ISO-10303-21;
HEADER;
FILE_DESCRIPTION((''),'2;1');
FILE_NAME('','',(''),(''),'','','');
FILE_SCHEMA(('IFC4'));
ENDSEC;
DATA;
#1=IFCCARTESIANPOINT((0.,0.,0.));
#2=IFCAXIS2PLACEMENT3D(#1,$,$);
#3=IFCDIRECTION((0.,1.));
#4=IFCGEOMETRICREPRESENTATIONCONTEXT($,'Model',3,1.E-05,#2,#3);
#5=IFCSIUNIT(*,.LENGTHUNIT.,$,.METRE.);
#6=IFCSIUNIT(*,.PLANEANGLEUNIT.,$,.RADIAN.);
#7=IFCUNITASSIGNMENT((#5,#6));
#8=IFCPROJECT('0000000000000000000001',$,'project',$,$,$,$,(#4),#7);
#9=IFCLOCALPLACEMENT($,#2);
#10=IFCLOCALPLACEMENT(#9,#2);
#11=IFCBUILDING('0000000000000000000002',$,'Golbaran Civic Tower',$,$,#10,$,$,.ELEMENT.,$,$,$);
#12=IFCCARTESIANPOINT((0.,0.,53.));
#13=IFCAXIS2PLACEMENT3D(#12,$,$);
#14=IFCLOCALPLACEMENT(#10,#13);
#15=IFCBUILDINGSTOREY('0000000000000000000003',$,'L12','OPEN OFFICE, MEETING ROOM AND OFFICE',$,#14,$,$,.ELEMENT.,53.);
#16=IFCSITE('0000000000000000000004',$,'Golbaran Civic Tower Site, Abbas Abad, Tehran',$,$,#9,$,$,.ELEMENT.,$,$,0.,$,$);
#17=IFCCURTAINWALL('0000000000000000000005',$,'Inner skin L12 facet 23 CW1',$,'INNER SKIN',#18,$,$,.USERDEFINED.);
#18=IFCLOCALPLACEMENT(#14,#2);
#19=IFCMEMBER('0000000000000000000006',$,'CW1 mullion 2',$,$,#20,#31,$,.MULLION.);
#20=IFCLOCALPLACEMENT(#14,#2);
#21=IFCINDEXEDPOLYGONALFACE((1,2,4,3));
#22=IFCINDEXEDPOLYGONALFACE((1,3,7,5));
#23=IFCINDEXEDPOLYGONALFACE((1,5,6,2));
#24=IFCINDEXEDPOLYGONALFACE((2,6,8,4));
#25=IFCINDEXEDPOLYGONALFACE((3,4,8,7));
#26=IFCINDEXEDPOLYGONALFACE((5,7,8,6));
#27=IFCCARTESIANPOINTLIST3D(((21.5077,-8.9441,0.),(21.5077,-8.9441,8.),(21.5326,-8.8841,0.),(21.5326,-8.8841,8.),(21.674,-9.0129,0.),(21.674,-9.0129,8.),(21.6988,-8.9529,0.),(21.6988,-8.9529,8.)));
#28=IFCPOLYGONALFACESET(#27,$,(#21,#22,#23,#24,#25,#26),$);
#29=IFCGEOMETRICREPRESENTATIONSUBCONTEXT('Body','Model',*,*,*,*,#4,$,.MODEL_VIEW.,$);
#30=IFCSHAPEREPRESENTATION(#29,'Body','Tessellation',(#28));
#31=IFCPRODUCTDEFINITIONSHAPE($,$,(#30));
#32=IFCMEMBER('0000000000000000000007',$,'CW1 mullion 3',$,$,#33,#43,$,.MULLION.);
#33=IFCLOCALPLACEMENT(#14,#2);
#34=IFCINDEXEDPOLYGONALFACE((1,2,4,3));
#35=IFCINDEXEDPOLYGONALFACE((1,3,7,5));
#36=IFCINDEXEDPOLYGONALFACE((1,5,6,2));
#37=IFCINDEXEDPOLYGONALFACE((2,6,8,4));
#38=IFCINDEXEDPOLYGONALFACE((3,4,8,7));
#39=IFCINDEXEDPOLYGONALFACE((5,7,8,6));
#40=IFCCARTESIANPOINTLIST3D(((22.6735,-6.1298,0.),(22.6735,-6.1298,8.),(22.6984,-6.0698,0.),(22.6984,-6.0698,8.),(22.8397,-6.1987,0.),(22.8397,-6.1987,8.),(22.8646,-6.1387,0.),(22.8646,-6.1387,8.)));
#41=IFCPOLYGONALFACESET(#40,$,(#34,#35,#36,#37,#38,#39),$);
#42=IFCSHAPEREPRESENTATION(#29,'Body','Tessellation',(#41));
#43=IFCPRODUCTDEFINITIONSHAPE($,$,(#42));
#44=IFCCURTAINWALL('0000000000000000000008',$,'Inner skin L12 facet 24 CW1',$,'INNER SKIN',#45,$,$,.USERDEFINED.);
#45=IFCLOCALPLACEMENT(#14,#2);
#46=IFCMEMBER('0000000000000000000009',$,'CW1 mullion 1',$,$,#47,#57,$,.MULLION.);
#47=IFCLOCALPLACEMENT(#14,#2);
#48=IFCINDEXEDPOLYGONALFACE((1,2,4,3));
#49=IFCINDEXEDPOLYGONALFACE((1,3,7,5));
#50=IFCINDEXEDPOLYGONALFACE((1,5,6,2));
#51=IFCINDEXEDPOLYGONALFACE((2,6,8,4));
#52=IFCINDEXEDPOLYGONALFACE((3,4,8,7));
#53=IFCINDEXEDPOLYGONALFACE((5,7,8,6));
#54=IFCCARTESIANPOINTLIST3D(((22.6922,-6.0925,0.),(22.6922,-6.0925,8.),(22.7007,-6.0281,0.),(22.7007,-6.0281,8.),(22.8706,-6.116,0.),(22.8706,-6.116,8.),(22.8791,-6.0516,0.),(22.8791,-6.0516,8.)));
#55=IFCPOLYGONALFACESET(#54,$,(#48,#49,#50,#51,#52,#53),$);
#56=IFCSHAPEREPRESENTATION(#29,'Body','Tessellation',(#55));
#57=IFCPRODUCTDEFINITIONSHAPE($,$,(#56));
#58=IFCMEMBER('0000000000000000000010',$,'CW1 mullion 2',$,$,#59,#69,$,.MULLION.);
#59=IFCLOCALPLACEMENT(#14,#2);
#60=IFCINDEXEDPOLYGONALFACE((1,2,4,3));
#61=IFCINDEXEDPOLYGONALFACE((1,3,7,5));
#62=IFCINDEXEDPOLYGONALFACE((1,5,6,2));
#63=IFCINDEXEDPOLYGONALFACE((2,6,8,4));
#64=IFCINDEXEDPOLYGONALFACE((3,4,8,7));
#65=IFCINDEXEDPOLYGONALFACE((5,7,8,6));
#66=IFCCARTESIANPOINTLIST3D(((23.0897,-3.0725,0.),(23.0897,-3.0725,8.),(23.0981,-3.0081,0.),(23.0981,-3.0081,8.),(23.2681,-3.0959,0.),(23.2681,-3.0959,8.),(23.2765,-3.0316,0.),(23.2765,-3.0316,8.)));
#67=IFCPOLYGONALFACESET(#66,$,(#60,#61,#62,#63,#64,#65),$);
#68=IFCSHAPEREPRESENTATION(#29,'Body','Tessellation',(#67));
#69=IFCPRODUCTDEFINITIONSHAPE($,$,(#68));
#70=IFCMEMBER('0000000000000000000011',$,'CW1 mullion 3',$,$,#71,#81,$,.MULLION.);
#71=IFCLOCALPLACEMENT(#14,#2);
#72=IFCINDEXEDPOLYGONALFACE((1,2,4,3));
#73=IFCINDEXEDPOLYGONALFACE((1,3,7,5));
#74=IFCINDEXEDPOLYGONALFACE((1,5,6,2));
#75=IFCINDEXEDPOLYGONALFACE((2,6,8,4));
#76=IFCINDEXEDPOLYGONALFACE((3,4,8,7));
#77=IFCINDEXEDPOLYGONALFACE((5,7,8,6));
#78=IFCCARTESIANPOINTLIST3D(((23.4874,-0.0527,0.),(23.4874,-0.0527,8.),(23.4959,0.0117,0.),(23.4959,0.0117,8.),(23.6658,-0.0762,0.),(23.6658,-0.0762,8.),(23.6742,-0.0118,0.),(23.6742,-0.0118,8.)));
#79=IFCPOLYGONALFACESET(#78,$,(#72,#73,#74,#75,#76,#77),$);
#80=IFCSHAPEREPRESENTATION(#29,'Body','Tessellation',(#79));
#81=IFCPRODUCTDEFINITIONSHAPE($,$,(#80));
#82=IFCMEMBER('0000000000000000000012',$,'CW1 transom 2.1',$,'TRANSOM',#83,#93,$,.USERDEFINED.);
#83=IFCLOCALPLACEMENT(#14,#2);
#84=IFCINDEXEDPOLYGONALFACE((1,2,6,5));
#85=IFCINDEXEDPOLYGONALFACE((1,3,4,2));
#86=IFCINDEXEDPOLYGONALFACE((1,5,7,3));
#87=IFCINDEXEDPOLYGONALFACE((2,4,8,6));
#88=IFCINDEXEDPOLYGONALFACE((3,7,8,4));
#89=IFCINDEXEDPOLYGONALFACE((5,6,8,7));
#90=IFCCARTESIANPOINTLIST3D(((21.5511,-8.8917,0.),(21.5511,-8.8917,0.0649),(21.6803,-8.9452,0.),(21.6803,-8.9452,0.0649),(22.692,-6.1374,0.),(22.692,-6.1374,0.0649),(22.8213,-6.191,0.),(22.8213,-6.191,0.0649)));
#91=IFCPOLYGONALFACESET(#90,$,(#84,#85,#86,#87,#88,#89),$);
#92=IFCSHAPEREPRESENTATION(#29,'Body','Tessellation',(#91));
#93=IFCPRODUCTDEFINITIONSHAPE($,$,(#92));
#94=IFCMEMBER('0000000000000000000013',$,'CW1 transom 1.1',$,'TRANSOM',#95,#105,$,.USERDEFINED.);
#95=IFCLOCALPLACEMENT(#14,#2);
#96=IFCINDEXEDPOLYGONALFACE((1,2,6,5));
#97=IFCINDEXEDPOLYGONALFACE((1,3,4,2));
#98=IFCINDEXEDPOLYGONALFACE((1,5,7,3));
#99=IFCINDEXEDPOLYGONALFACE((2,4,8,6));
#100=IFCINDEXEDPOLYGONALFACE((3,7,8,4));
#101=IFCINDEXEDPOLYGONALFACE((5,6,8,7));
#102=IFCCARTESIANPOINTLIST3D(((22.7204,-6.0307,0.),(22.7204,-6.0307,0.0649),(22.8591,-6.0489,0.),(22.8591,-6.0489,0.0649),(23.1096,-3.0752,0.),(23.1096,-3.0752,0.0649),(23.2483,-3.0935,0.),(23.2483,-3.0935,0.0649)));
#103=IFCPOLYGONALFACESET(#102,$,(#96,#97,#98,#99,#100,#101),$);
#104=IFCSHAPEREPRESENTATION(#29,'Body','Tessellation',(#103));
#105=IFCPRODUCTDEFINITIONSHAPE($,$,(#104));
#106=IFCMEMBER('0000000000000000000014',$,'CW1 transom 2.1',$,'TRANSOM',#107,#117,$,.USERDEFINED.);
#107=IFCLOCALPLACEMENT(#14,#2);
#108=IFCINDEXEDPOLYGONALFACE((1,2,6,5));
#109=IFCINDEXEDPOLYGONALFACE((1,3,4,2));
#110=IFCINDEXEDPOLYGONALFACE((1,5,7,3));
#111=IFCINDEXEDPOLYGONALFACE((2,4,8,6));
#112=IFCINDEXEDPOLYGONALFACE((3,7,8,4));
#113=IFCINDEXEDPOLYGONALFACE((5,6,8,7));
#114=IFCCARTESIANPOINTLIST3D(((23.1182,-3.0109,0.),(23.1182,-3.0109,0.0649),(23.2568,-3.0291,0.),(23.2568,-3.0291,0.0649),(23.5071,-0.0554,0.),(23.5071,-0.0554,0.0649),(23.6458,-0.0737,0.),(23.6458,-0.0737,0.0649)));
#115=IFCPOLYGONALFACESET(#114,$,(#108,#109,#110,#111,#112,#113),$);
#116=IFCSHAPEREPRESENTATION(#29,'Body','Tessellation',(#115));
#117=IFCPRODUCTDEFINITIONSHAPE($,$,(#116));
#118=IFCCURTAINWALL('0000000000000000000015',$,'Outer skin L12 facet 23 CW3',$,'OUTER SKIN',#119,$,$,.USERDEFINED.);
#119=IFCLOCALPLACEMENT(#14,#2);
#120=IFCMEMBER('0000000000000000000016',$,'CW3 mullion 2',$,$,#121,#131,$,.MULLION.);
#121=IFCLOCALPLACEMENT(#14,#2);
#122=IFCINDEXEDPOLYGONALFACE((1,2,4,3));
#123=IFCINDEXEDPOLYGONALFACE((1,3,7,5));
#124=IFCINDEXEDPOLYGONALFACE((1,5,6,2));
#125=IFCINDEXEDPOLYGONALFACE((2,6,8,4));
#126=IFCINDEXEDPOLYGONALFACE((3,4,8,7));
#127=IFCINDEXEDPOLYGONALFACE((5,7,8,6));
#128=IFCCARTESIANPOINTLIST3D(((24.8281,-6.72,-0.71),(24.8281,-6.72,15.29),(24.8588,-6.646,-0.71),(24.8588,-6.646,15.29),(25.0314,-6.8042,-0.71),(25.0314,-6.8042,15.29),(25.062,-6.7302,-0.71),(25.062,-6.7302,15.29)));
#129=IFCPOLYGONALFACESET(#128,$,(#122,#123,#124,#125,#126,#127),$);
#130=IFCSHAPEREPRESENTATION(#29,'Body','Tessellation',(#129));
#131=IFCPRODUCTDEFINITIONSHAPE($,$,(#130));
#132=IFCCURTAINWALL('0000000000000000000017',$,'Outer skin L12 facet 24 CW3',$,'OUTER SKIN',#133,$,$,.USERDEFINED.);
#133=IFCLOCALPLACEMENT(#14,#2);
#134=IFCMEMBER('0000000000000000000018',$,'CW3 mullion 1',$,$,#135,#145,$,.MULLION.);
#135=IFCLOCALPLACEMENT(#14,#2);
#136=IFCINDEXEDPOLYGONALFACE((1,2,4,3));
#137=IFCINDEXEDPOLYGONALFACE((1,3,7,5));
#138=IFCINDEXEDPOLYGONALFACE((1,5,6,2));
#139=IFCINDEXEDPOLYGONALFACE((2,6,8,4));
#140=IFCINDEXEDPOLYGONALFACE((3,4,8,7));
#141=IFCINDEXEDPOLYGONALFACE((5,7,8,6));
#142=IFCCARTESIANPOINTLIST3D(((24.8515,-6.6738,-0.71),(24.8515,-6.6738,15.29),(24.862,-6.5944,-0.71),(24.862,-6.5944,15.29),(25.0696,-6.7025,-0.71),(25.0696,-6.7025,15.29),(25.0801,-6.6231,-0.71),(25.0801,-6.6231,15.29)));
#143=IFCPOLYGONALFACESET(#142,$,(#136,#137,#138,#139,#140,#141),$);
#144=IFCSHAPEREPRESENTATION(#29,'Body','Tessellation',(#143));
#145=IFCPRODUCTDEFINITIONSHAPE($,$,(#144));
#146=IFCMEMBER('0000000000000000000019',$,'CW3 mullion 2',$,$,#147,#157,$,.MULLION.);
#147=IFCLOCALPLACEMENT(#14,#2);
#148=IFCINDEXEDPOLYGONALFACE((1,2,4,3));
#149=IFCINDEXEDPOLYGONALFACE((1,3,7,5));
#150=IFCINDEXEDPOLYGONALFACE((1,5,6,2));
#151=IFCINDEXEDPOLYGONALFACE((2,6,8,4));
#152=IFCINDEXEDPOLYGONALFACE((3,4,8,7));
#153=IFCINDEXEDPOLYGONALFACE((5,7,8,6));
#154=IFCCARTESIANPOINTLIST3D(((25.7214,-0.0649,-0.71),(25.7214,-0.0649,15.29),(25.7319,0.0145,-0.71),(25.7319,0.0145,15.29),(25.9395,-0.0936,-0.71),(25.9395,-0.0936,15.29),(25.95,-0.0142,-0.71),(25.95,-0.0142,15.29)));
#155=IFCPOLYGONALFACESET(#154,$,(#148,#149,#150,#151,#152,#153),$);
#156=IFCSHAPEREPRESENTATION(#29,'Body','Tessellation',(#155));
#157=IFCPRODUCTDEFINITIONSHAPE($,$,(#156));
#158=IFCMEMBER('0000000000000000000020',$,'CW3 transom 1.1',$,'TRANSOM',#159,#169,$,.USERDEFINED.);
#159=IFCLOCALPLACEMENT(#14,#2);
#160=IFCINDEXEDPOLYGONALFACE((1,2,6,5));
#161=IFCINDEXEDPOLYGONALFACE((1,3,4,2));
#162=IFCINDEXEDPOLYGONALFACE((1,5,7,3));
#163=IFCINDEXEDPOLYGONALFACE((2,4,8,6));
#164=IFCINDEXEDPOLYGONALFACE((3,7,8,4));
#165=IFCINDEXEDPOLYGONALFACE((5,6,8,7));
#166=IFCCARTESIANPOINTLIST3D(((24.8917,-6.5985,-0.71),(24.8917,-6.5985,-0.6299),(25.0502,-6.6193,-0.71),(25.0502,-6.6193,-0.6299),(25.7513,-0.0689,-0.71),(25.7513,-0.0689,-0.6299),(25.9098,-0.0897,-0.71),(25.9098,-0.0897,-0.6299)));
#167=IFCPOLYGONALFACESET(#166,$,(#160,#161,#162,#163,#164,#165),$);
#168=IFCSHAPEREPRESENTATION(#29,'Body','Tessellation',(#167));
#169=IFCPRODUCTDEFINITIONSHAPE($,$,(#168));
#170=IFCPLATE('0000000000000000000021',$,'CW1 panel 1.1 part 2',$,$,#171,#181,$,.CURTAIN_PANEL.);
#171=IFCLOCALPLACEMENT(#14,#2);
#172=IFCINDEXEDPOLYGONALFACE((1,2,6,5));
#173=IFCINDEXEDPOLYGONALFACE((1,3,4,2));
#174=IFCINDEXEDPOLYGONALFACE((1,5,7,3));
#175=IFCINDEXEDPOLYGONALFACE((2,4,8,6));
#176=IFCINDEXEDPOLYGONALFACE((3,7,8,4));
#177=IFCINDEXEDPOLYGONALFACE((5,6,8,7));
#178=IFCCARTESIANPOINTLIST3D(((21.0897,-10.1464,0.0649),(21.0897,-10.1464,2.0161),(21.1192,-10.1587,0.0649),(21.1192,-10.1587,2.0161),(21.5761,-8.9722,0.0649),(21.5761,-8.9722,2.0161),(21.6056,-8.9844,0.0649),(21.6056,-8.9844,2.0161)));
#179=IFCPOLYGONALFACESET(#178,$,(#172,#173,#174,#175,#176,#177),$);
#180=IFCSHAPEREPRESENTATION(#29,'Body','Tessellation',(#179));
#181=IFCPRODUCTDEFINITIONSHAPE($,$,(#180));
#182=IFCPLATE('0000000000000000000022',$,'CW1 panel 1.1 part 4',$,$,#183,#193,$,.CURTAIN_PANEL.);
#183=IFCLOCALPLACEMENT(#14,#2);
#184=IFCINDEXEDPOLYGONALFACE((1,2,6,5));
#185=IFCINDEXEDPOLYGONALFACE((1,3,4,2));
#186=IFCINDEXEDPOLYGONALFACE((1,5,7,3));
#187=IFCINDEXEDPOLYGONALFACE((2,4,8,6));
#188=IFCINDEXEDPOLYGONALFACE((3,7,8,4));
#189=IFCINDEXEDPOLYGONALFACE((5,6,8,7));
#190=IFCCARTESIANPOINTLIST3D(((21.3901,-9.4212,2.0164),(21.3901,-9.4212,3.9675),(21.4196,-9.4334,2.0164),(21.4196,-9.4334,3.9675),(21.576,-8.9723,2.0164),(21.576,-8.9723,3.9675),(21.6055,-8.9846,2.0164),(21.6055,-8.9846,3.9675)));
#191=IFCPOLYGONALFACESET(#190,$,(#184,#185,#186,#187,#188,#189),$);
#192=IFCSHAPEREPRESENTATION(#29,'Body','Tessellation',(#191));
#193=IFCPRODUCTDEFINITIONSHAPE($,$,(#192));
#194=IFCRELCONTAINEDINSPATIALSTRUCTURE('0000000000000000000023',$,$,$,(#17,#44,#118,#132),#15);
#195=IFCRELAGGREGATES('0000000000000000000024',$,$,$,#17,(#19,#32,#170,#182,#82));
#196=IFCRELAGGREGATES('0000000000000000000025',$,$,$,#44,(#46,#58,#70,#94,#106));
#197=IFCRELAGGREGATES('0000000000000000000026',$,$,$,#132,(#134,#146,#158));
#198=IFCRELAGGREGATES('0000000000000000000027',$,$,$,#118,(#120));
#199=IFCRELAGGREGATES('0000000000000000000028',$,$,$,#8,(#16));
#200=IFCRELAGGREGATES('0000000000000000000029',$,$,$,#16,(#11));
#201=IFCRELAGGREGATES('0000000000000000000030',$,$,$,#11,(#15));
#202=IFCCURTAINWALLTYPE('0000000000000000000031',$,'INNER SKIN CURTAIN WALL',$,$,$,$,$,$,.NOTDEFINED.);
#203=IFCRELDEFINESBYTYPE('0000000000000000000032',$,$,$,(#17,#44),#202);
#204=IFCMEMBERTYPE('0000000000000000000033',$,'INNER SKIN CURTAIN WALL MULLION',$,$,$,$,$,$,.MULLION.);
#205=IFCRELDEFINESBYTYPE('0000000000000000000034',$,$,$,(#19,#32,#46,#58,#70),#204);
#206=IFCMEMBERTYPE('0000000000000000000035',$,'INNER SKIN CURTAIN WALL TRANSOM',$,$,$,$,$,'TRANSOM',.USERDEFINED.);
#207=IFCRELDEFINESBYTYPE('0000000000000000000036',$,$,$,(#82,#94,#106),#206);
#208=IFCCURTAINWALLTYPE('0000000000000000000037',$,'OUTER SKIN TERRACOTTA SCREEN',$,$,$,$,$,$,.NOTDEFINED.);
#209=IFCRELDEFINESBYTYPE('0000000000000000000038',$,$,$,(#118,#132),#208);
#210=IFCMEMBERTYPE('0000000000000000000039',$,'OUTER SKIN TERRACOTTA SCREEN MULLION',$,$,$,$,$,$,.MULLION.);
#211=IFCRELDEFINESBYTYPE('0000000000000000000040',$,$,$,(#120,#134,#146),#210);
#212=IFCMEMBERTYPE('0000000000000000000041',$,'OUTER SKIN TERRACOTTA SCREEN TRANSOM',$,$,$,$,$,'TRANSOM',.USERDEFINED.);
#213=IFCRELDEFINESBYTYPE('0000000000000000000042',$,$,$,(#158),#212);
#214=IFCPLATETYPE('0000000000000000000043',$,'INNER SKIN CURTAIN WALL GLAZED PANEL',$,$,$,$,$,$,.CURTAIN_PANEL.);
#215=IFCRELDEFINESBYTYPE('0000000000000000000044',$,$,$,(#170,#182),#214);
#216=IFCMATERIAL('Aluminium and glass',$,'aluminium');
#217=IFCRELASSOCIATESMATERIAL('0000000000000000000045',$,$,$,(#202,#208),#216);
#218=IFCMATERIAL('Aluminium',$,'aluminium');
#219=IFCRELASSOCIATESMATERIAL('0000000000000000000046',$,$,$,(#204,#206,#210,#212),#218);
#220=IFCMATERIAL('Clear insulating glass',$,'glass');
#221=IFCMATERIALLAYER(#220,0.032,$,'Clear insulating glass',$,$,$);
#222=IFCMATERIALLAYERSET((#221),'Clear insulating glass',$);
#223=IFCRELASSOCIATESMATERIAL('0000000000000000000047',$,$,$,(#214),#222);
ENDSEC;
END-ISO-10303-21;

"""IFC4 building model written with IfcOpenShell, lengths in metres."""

from ifc_helpers import new_model, si_unit, direction, frame, origin, origin_2d, place, context, subcontext, project, spatial, rectangle, extrude, material, layer, layer_set, material_profile, profile_set, type_object, element, aggregate, save


model = new_model("IFC4")

# Units and contexts
model_context = context("Model", 3, precision=1e-05, world=origin(), true_north=direction((0.0, 1.0)))
body_context = subcontext(model_context, "Body", "Model", "MODEL_VIEW")
ifc_project = project(units=[si_unit("LENGTHUNIT", "METRE"), si_unit("PLANEANGLEUNIT", "RADIAN")], contexts=[model_context])

# Site, building, storey
site_placement = place(None, origin())
site = spatial("IfcSite", under=ifc_project, at=site_placement, Name="Golbaran Civic Tower Site, Abbas Abad, Tehran", CompositionType="ELEMENT", RefElevation=0.0)
building_placement = place(site_placement, origin())
building = spatial("IfcBuilding", under=site, at=building_placement, Name="Golbaran Civic Tower", CompositionType="ELEMENT")
storey_placement = place(building_placement, frame((0.0, 0.0, 53.0)))
storey = spatial("IfcBuildingStorey", under=building, at=storey_placement, Name="L12", Description="OPEN OFFICE, MEETING ROOM AND OFFICE", CompositionType="ELEMENT", Elevation=53.0)

# Curtain walls, members
ifc_material_1 = material(Name="Aluminium and glass", Category="aluminium")
curtain_wall_type_1 = type_object("IfcCurtainWallType", Name="INNER SKIN CURTAIN WALL", PredefinedType="NOTDEFINED", material=ifc_material_1)
curtain_wall_1_placement = place(storey_placement, origin())
curtain_wall_1 = element("IfcCurtainWall", 1, at=curtain_wall_1_placement, inside=storey, type_object=curtain_wall_type_1, Name="Inner skin L12 facet 23 CW1", ObjectType="INNER SKIN", PredefinedType="USERDEFINED")
ifc_material_2 = material(Name="Aluminium", Category="aluminium")
ifc_material_profile_1 = material_profile(ifc_material_2, rectangle(XDim=0.1799, YDim=0.0649, at=origin_2d()), Name="INNER SKIN CURTAIN WALL MULLION")
ifc_profile_set_1 = profile_set([ifc_material_profile_1], Name="Aluminium")
member_type_1 = type_object("IfcMemberType", Name="INNER SKIN CURTAIN WALL MULLION", PredefinedType="MULLION", material=ifc_profile_set_1)
member_1_placement = place(storey_placement, frame((21.6033, -8.9485, 0.0), z_axis=(0.0, 0.0, 1.0), x_axis=(-0.92388, 0.382683, 0.0)))
member_1 = element("IfcMember", 2, at=member_1_placement, type_object=member_type_1, Name="CW1 mullion 2", PredefinedType="MULLION", context=body_context, shape_type="SweptSolid", body=[
    extrude(rectangle(XDim=0.1799, YDim=0.0649, at=origin_2d()), origin(), (0.0, 0.0, 1.0), 8.0),
])
member_2_placement = place(storey_placement, frame((22.769, -6.1343, 0.0), z_axis=(0.0, 0.0, 1.0), x_axis=(-0.92388, 0.382683, 0.0)))
member_2 = element("IfcMember", 3, at=member_2_placement, type_object=member_type_1, Name="CW1 mullion 3", PredefinedType="MULLION", context=body_context, shape_type="SweptSolid", body=[
    extrude(rectangle(XDim=0.1799, YDim=0.0649, at=origin_2d()), origin(), (0.0, 0.0, 1.0), 8.0),
])
curtain_wall_2_placement = place(storey_placement, origin())
curtain_wall_2 = element("IfcCurtainWall", 4, at=curtain_wall_2_placement, inside=storey, type_object=curtain_wall_type_1, Name="Inner skin L12 facet 24 CW1", ObjectType="INNER SKIN", PredefinedType="USERDEFINED")
member_3_placement = place(storey_placement, frame((22.7856, -6.072, 0.0), z_axis=(0.0, 0.0, 1.0), x_axis=(-0.991445, 0.130526, 0.0)))
member_3 = element("IfcMember", 5, at=member_3_placement, type_object=member_type_1, Name="CW1 mullion 1", PredefinedType="MULLION", context=body_context, shape_type="SweptSolid", body=[
    extrude(rectangle(XDim=0.1799, YDim=0.0649, at=origin_2d()), origin(), (0.0, 0.0, 1.0), 8.0),
])
member_4_placement = place(storey_placement, frame((23.1831, -3.052, 0.0), z_axis=(0.0, 0.0, 1.0), x_axis=(-0.991445, 0.130526, 0.0)))
member_4 = element("IfcMember", 6, at=member_4_placement, type_object=member_type_1, Name="CW1 mullion 2", PredefinedType="MULLION", context=body_context, shape_type="SweptSolid", body=[
    extrude(rectangle(XDim=0.1799, YDim=0.0649, at=origin_2d()), origin(), (0.0, 0.0, 1.0), 8.0),
])
member_5_placement = place(storey_placement, frame((23.5808, -0.0322, 0.0), z_axis=(0.0, 0.0, 1.0), x_axis=(-0.991445, 0.130526, 0.0)))
member_5 = element("IfcMember", 7, at=member_5_placement, type_object=member_type_1, Name="CW1 mullion 3", PredefinedType="MULLION", context=body_context, shape_type="SweptSolid", body=[
    extrude(rectangle(XDim=0.1799, YDim=0.0649, at=origin_2d()), origin(), (0.0, 0.0, 1.0), 8.0),
])

# Members
ifc_material_profile_2 = material_profile(ifc_material_2, rectangle(XDim=0.1399, YDim=0.0649, at=origin_2d()), Name="INNER SKIN CURTAIN WALL TRANSOM")
ifc_profile_set_2 = profile_set([ifc_material_profile_2], Name="Aluminium")
member_type_2 = type_object("IfcMemberType", Name="INNER SKIN CURTAIN WALL TRANSOM", ElementType="TRANSOM", PredefinedType="USERDEFINED", material=ifc_profile_set_2)
member_6_placement = place(storey_placement, frame((21.6157, -8.9185, 0.0325), z_axis=(0.382701, 0.923872, 0.0), x_axis=(-0.923872, 0.382701, 0.0)))
member_6 = element("IfcMember", 8, at=member_6_placement, type_object=member_type_2, Name="CW1 transom 2.1", ObjectType="TRANSOM", PredefinedType="USERDEFINED", context=body_context, shape_type="SweptSolid", body=[
    extrude(rectangle(XDim=0.1399, YDim=0.0649, at=origin_2d()), origin(), (0.0, 0.0, 1.0), 2.9812),
])
member_7_placement = place(storey_placement, frame((22.7898, -6.0398, 0.0325), z_axis=(0.130543, 0.991443, 0.0), x_axis=(-0.991443, 0.130543, 0.0)))
member_7 = element("IfcMember", 9, at=member_7_placement, type_object=member_type_2, Name="CW1 transom 1.1", ObjectType="TRANSOM", PredefinedType="USERDEFINED", context=body_context, shape_type="SweptSolid", body=[
    extrude(rectangle(XDim=0.1399, YDim=0.0649, at=origin_2d()), origin(), (0.0, 0.0, 1.0), 2.981),
])
member_8_placement = place(storey_placement, frame((23.1875, -3.02, 0.0325), z_axis=(0.130463, 0.991453, 0.0), x_axis=(-0.991453, 0.130463, 0.0)))
member_8 = element("IfcMember", 10, at=member_8_placement, type_object=member_type_2, Name="CW1 transom 2.1", ObjectType="TRANSOM", PredefinedType="USERDEFINED", context=body_context, shape_type="SweptSolid", body=[
    extrude(rectangle(XDim=0.1399, YDim=0.0649, at=origin_2d()), origin(), (0.0, 0.0, 1.0), 2.981),
])

# Curtain wall, member
curtain_wall_type_2 = type_object("IfcCurtainWallType", Name="OUTER SKIN TERRACOTTA SCREEN", PredefinedType="NOTDEFINED", material=ifc_material_1)
curtain_wall_3_placement = place(storey_placement, origin())
curtain_wall_3 = element("IfcCurtainWall", 11, at=curtain_wall_3_placement, inside=storey, type_object=curtain_wall_type_2, Name="Outer skin L12 facet 23 CW3", ObjectType="OUTER SKIN", PredefinedType="USERDEFINED")
ifc_material_profile_3 = material_profile(ifc_material_2, rectangle(XDim=0.22, YDim=0.0801, at=origin_2d()), Name="OUTER SKIN TERRACOTTA SCREEN MULLION")
ifc_profile_set_3 = profile_set([ifc_material_profile_3], Name="Aluminium")
member_type_3 = type_object("IfcMemberType", Name="OUTER SKIN TERRACOTTA SCREEN MULLION", PredefinedType="MULLION", material=ifc_profile_set_3)
member_9_placement = place(storey_placement, frame((24.9451, -6.7251, -0.71), z_axis=(0.0, 0.0, 1.0), x_axis=(-0.92388, 0.382683, 0.0)))
member_9 = element("IfcMember", 12, at=member_9_placement, type_object=member_type_3, Name="CW3 mullion 2", PredefinedType="MULLION", context=body_context, shape_type="SweptSolid", body=[
    extrude(rectangle(XDim=0.22, YDim=0.0801, at=origin_2d()), origin(), (0.0, 0.0, 1.0), 16.0),
])

# Curtain wall, members
curtain_wall_4_placement = place(storey_placement, origin())
curtain_wall_4 = element("IfcCurtainWall", 13, at=curtain_wall_4_placement, inside=storey, type_object=curtain_wall_type_2, Name="Outer skin L12 facet 24 CW3", ObjectType="OUTER SKIN", PredefinedType="USERDEFINED")
member_10_placement = place(storey_placement, frame((24.9658, -6.6484, -0.71), z_axis=(0.0, 0.0, 1.0), x_axis=(-0.991445, 0.130526, 0.0)))
member_10 = element("IfcMember", 14, at=member_10_placement, type_object=member_type_3, Name="CW3 mullion 1", PredefinedType="MULLION", context=body_context, shape_type="SweptSolid", body=[
    extrude(rectangle(XDim=0.22, YDim=0.0801, at=origin_2d()), origin(), (0.0, 0.0, 1.0), 16.0),
])
member_11_placement = place(storey_placement, frame((25.8357, -0.0396, -0.71), z_axis=(0.0, 0.0, 1.0), x_axis=(-0.991445, 0.130526, 0.0)))
member_11 = element("IfcMember", 15, at=member_11_placement, type_object=member_type_3, Name="CW3 mullion 2", PredefinedType="MULLION", context=body_context, shape_type="SweptSolid", body=[
    extrude(rectangle(XDim=0.22, YDim=0.0801, at=origin_2d()), origin(), (0.0, 0.0, 1.0), 16.0),
])
ifc_material_profile_4 = material_profile(ifc_material_2, rectangle(XDim=0.1599, YDim=0.0801, at=origin_2d()), Name="OUTER SKIN TERRACOTTA SCREEN TRANSOM")
ifc_profile_set_4 = profile_set([ifc_material_profile_4], Name="Aluminium")
member_type_4 = type_object("IfcMemberType", Name="OUTER SKIN TERRACOTTA SCREEN TRANSOM", ElementType="TRANSOM", PredefinedType="USERDEFINED", material=ifc_profile_set_4)
member_12_placement = place(storey_placement, frame((24.9709, -6.6089, -0.6699), z_axis=(0.130525, 0.991445, 0.0), x_axis=(-0.991445, 0.130525, 0.0)))
member_12 = element("IfcMember", 16, at=member_12_placement, type_object=member_type_4, Name="CW3 transom 1.1", ObjectType="TRANSOM", PredefinedType="USERDEFINED", context=body_context, shape_type="SweptSolid", body=[
    extrude(rectangle(XDim=0.1599, YDim=0.0801, at=origin_2d()), origin(), (0.0, 0.0, 1.0), 6.5859),
])

# Plates
ifc_material_3 = material(Name="Clear insulating glass", Category="glass")
ifc_layer_1 = layer(ifc_material_3, 0.032, Name="Clear insulating glass")
ifc_layer_set_1 = layer_set([ifc_layer_1], Name="Clear insulating glass")
plate_type_1 = type_object("IfcPlateType", Name="INNER SKIN CURTAIN WALL GLAZED PANEL", PredefinedType="CURTAIN_PANEL", material=ifc_layer_set_1)
plate_1_placement = place(storey_placement, frame((21.3477, -9.5654, 0.0649), z_axis=(0.0, 0.0, 1.0), x_axis=(0.382683, 0.92388, 0.0)))
plate_1 = element("IfcPlate", 17, at=plate_1_placement, type_object=plate_type_1, Name="CW1 panel 1.1 part 2", PredefinedType="CURTAIN_PANEL", context=body_context, shape_type="SweptSolid", body=[
    extrude(rectangle(XDim=1.271, YDim=0.032, at=origin_2d()), origin(), (0.0, 0.0, 1.0), 1.9512),
])
plate_2_placement = place(storey_placement, frame((21.4978, -9.2029, 2.0164), z_axis=(0.0, 0.0, 1.0), x_axis=(0.382683, 0.92388, 0.0)))
plate_2 = element("IfcPlate", 18, at=plate_2_placement, type_object=plate_type_1, Name="CW1 panel 1.1 part 4", PredefinedType="CURTAIN_PANEL", context=body_context, shape_type="SweptSolid", body=[
    extrude(rectangle(XDim=0.4858, YDim=0.032, at=origin_2d()), origin(), (0.0, 0.0, 1.0), 1.9512),
])
aggregate(curtain_wall_1, [member_1, member_2, plate_1, plate_2, member_6])
aggregate(curtain_wall_2, [member_3, member_4, member_5, member_7, member_8])
aggregate(curtain_wall_4, [member_10, member_11, member_12])
aggregate(curtain_wall_3, [member_9])

save(model, "model.ifc")
